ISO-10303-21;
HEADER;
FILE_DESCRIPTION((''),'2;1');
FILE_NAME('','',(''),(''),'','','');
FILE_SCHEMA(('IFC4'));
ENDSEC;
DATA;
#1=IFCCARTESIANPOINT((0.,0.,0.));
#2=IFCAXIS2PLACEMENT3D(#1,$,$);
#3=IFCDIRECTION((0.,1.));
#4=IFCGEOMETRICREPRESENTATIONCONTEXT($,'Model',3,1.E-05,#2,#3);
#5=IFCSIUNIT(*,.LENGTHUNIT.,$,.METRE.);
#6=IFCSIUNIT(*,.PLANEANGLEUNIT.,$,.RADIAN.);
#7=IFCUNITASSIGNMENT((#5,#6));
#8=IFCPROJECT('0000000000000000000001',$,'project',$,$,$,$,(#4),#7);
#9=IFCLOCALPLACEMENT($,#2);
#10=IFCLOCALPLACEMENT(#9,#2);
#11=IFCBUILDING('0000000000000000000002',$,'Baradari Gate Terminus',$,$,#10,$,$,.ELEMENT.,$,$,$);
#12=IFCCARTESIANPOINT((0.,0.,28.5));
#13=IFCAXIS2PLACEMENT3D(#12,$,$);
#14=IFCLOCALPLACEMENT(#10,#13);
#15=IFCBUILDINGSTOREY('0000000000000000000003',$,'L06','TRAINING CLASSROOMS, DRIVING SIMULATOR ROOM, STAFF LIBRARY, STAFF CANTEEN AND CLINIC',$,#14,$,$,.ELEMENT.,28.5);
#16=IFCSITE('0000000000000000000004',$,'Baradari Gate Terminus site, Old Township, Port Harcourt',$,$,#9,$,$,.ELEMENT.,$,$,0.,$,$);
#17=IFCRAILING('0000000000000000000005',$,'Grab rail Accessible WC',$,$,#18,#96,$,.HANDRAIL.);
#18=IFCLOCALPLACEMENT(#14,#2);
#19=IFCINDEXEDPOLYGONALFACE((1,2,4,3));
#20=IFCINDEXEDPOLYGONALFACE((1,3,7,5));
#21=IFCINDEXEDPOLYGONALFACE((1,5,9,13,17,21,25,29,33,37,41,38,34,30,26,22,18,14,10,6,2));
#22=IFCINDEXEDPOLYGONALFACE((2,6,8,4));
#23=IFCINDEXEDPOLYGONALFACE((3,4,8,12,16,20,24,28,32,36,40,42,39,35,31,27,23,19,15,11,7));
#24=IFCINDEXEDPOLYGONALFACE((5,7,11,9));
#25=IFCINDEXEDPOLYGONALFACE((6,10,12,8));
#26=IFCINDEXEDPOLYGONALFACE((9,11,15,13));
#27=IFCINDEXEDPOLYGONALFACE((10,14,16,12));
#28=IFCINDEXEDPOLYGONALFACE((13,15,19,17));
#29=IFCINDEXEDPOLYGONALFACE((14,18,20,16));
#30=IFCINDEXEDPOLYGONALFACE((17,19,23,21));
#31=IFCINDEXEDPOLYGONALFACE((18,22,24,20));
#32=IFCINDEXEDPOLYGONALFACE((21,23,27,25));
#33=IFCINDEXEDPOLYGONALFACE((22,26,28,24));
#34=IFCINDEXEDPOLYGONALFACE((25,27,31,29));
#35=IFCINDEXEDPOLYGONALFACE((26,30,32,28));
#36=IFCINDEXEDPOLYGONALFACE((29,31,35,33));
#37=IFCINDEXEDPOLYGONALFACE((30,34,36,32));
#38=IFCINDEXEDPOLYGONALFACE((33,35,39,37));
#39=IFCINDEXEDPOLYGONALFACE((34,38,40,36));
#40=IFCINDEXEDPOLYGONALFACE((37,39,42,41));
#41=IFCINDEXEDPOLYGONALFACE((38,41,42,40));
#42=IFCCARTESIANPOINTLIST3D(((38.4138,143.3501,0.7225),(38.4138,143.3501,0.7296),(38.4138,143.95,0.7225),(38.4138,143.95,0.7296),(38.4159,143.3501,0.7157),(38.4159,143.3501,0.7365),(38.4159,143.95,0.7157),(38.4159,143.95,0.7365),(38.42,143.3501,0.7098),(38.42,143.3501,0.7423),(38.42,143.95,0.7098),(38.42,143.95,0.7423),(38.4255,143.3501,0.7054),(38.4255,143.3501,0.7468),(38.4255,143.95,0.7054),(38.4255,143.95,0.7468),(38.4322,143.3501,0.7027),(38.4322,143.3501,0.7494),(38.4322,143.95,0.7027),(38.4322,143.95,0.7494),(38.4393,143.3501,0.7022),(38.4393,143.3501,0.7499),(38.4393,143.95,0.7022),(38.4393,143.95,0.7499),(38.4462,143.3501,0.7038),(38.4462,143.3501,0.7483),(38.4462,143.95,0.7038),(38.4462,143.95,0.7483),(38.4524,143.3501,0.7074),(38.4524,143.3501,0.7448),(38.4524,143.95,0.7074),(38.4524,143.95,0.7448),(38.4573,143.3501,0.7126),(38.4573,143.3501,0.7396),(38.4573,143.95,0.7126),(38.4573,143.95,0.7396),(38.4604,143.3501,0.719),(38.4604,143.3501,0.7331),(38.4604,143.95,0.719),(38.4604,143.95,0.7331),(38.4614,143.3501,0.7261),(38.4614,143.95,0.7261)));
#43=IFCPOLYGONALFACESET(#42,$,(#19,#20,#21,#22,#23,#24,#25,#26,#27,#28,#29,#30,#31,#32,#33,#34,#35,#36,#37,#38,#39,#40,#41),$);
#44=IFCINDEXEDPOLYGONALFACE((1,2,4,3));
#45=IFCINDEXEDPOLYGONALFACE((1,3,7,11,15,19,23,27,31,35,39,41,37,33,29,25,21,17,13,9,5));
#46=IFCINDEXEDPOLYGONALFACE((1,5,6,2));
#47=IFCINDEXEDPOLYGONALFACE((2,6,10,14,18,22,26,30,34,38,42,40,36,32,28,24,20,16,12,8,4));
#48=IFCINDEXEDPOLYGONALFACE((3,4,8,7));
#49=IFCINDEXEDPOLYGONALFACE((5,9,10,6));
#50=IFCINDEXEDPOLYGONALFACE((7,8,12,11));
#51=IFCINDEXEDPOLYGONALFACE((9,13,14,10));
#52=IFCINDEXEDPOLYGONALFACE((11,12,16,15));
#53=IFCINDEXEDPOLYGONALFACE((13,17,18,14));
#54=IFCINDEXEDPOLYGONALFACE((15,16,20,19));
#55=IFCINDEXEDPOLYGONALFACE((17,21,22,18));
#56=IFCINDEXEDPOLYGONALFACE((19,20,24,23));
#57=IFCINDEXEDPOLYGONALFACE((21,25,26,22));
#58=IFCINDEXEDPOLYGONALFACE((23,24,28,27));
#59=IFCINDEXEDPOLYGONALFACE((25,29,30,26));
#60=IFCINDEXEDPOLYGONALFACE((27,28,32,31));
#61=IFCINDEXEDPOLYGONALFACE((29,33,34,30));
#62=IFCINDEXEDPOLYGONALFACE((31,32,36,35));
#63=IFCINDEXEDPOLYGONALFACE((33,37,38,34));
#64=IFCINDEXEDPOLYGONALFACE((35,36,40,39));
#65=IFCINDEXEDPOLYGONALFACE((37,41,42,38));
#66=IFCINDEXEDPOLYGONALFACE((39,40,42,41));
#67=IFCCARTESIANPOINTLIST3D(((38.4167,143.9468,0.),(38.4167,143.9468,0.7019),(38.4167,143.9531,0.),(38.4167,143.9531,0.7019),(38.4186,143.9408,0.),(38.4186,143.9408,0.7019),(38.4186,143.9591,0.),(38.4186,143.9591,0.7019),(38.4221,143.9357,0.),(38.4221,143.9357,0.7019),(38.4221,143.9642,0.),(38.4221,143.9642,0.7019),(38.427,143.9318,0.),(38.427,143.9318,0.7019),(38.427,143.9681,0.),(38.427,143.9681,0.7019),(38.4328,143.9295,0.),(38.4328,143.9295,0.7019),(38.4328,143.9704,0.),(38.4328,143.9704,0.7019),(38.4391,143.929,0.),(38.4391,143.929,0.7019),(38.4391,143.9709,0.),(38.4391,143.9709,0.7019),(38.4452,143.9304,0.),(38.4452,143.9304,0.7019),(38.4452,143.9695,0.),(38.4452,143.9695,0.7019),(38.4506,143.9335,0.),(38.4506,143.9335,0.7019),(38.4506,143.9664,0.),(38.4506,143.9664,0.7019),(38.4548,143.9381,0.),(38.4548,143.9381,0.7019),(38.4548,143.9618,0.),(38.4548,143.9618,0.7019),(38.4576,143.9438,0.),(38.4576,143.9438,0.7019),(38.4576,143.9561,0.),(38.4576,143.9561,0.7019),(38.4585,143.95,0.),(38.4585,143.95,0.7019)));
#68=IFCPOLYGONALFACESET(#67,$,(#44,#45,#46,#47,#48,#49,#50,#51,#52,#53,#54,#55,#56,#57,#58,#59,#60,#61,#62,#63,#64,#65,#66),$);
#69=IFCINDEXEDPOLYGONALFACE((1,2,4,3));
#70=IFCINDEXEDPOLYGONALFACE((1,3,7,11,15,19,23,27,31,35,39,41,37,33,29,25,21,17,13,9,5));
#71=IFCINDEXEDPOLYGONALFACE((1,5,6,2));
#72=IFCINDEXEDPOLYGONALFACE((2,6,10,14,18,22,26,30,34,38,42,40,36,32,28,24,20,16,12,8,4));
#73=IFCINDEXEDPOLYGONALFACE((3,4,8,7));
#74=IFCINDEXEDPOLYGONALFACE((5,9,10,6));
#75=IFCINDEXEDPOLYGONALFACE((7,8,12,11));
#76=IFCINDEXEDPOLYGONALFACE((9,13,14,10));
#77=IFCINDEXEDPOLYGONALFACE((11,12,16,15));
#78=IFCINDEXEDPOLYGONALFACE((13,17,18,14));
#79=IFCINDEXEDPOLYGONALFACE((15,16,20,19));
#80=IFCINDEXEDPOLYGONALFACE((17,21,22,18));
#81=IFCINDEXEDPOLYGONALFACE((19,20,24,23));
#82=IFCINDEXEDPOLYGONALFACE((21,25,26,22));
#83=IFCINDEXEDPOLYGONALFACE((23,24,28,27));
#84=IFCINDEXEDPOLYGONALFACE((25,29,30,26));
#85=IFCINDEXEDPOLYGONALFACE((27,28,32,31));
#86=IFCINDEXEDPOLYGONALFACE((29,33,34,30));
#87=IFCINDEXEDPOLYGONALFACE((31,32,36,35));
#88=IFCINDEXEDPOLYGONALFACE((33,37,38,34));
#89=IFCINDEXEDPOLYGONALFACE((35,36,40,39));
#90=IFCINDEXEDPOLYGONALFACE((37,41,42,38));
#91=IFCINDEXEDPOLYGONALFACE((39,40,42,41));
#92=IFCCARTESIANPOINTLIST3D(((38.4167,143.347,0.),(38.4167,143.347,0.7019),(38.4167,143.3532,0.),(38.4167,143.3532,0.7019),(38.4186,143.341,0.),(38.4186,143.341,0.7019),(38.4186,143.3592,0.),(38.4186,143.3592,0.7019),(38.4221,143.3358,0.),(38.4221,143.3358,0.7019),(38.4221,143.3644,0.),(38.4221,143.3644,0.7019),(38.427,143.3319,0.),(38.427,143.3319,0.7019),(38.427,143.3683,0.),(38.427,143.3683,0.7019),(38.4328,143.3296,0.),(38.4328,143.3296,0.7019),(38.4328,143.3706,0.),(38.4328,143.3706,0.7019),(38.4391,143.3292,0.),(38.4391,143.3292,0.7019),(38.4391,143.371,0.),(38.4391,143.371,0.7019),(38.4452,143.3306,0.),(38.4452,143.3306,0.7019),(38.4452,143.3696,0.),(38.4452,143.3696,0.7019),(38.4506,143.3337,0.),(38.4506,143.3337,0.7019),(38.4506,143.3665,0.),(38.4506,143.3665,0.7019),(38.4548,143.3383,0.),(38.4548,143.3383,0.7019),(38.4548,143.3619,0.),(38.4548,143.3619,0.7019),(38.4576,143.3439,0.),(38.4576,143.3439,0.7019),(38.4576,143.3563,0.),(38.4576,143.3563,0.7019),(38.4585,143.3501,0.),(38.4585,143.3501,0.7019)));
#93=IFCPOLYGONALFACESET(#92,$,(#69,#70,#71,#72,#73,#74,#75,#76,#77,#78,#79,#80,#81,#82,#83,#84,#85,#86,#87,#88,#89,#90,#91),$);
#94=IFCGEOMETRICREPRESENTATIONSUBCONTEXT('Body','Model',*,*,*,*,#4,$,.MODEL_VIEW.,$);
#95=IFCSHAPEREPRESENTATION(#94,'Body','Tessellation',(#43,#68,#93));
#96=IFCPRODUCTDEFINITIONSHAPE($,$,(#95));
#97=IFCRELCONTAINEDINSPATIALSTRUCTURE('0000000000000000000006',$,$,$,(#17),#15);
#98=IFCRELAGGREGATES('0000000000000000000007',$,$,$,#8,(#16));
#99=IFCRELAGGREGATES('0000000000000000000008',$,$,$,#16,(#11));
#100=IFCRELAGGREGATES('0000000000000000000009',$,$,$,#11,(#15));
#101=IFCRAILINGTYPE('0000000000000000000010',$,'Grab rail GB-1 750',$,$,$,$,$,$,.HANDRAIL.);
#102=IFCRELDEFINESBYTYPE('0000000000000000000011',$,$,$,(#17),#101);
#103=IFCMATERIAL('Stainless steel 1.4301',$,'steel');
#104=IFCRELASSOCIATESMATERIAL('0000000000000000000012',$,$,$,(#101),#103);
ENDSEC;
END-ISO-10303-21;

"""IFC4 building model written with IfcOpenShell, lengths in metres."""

from ifc_helpers import new_model, si_unit, direction, frame, origin, origin_2d, place, context, subcontext, project, spatial, circle, extrude, material, type_object, element, save


model = new_model("IFC4")

# Units and contexts
model_context = context("Model", 3, precision=1e-05, world=origin(), true_north=direction((0.0, 1.0)))
body_context = subcontext(model_context, "Body", "Model", "MODEL_VIEW")
ifc_project = project(units=[si_unit("LENGTHUNIT", "METRE"), si_unit("PLANEANGLEUNIT", "RADIAN")], contexts=[model_context])

# Site, building, storey
site_placement = place(None, origin())
site = spatial("IfcSite", under=ifc_project, at=site_placement, Name="Baradari Gate Terminus site, Old Township, Port Harcourt", CompositionType="ELEMENT", RefElevation=0.0)
building_placement = place(site_placement, origin())
building = spatial("IfcBuilding", under=site, at=building_placement, Name="Baradari Gate Terminus", CompositionType="ELEMENT")
storey_placement = place(building_placement, frame((0.0, 0.0, 28.5)))
storey = spatial("IfcBuildingStorey", under=building, at=storey_placement, Name="L06", Description="TRAINING CLASSROOMS, DRIVING SIMULATOR ROOM, STAFF LIBRARY, STAFF CANTEEN AND CLINIC", CompositionType="ELEMENT", Elevation=28.5)

# Railing
ifc_material_1 = material(Name="Stainless steel 1.4301", Category="steel")
railing_type_1 = type_object("IfcRailingType", Name="Grab rail GB-1 750", PredefinedType="HANDRAIL", material=ifc_material_1)
railing_1_placement = place(storey_placement, frame((38.4375, 143.95, 0.0)))
element("IfcRailing", 1, at=railing_1_placement, inside=storey, type_object=railing_type_1, Name="Grab rail Accessible WC", PredefinedType="HANDRAIL", context=body_context, shape_type="SweptSolid", body=[
    extrude(circle(Radius=0.0239, at=origin_2d()), frame((0.0, 0.0, 0.7261), z_axis=(0.0, -1.0, 0.0), x_axis=(1.0, 0.0, 0.0)), (0.0, 0.0, 1.0), 0.5999),
    extrude(circle(Radius=0.021, at=origin_2d()), origin(), (0.0, 0.0, 1.0), 0.7019),
    extrude(circle(Radius=0.021, at=origin_2d()), frame((0.0, -0.5999, 0.0)), (0.0, 0.0, 1.0), 0.7019),
])

save(model, "model.ifc")
